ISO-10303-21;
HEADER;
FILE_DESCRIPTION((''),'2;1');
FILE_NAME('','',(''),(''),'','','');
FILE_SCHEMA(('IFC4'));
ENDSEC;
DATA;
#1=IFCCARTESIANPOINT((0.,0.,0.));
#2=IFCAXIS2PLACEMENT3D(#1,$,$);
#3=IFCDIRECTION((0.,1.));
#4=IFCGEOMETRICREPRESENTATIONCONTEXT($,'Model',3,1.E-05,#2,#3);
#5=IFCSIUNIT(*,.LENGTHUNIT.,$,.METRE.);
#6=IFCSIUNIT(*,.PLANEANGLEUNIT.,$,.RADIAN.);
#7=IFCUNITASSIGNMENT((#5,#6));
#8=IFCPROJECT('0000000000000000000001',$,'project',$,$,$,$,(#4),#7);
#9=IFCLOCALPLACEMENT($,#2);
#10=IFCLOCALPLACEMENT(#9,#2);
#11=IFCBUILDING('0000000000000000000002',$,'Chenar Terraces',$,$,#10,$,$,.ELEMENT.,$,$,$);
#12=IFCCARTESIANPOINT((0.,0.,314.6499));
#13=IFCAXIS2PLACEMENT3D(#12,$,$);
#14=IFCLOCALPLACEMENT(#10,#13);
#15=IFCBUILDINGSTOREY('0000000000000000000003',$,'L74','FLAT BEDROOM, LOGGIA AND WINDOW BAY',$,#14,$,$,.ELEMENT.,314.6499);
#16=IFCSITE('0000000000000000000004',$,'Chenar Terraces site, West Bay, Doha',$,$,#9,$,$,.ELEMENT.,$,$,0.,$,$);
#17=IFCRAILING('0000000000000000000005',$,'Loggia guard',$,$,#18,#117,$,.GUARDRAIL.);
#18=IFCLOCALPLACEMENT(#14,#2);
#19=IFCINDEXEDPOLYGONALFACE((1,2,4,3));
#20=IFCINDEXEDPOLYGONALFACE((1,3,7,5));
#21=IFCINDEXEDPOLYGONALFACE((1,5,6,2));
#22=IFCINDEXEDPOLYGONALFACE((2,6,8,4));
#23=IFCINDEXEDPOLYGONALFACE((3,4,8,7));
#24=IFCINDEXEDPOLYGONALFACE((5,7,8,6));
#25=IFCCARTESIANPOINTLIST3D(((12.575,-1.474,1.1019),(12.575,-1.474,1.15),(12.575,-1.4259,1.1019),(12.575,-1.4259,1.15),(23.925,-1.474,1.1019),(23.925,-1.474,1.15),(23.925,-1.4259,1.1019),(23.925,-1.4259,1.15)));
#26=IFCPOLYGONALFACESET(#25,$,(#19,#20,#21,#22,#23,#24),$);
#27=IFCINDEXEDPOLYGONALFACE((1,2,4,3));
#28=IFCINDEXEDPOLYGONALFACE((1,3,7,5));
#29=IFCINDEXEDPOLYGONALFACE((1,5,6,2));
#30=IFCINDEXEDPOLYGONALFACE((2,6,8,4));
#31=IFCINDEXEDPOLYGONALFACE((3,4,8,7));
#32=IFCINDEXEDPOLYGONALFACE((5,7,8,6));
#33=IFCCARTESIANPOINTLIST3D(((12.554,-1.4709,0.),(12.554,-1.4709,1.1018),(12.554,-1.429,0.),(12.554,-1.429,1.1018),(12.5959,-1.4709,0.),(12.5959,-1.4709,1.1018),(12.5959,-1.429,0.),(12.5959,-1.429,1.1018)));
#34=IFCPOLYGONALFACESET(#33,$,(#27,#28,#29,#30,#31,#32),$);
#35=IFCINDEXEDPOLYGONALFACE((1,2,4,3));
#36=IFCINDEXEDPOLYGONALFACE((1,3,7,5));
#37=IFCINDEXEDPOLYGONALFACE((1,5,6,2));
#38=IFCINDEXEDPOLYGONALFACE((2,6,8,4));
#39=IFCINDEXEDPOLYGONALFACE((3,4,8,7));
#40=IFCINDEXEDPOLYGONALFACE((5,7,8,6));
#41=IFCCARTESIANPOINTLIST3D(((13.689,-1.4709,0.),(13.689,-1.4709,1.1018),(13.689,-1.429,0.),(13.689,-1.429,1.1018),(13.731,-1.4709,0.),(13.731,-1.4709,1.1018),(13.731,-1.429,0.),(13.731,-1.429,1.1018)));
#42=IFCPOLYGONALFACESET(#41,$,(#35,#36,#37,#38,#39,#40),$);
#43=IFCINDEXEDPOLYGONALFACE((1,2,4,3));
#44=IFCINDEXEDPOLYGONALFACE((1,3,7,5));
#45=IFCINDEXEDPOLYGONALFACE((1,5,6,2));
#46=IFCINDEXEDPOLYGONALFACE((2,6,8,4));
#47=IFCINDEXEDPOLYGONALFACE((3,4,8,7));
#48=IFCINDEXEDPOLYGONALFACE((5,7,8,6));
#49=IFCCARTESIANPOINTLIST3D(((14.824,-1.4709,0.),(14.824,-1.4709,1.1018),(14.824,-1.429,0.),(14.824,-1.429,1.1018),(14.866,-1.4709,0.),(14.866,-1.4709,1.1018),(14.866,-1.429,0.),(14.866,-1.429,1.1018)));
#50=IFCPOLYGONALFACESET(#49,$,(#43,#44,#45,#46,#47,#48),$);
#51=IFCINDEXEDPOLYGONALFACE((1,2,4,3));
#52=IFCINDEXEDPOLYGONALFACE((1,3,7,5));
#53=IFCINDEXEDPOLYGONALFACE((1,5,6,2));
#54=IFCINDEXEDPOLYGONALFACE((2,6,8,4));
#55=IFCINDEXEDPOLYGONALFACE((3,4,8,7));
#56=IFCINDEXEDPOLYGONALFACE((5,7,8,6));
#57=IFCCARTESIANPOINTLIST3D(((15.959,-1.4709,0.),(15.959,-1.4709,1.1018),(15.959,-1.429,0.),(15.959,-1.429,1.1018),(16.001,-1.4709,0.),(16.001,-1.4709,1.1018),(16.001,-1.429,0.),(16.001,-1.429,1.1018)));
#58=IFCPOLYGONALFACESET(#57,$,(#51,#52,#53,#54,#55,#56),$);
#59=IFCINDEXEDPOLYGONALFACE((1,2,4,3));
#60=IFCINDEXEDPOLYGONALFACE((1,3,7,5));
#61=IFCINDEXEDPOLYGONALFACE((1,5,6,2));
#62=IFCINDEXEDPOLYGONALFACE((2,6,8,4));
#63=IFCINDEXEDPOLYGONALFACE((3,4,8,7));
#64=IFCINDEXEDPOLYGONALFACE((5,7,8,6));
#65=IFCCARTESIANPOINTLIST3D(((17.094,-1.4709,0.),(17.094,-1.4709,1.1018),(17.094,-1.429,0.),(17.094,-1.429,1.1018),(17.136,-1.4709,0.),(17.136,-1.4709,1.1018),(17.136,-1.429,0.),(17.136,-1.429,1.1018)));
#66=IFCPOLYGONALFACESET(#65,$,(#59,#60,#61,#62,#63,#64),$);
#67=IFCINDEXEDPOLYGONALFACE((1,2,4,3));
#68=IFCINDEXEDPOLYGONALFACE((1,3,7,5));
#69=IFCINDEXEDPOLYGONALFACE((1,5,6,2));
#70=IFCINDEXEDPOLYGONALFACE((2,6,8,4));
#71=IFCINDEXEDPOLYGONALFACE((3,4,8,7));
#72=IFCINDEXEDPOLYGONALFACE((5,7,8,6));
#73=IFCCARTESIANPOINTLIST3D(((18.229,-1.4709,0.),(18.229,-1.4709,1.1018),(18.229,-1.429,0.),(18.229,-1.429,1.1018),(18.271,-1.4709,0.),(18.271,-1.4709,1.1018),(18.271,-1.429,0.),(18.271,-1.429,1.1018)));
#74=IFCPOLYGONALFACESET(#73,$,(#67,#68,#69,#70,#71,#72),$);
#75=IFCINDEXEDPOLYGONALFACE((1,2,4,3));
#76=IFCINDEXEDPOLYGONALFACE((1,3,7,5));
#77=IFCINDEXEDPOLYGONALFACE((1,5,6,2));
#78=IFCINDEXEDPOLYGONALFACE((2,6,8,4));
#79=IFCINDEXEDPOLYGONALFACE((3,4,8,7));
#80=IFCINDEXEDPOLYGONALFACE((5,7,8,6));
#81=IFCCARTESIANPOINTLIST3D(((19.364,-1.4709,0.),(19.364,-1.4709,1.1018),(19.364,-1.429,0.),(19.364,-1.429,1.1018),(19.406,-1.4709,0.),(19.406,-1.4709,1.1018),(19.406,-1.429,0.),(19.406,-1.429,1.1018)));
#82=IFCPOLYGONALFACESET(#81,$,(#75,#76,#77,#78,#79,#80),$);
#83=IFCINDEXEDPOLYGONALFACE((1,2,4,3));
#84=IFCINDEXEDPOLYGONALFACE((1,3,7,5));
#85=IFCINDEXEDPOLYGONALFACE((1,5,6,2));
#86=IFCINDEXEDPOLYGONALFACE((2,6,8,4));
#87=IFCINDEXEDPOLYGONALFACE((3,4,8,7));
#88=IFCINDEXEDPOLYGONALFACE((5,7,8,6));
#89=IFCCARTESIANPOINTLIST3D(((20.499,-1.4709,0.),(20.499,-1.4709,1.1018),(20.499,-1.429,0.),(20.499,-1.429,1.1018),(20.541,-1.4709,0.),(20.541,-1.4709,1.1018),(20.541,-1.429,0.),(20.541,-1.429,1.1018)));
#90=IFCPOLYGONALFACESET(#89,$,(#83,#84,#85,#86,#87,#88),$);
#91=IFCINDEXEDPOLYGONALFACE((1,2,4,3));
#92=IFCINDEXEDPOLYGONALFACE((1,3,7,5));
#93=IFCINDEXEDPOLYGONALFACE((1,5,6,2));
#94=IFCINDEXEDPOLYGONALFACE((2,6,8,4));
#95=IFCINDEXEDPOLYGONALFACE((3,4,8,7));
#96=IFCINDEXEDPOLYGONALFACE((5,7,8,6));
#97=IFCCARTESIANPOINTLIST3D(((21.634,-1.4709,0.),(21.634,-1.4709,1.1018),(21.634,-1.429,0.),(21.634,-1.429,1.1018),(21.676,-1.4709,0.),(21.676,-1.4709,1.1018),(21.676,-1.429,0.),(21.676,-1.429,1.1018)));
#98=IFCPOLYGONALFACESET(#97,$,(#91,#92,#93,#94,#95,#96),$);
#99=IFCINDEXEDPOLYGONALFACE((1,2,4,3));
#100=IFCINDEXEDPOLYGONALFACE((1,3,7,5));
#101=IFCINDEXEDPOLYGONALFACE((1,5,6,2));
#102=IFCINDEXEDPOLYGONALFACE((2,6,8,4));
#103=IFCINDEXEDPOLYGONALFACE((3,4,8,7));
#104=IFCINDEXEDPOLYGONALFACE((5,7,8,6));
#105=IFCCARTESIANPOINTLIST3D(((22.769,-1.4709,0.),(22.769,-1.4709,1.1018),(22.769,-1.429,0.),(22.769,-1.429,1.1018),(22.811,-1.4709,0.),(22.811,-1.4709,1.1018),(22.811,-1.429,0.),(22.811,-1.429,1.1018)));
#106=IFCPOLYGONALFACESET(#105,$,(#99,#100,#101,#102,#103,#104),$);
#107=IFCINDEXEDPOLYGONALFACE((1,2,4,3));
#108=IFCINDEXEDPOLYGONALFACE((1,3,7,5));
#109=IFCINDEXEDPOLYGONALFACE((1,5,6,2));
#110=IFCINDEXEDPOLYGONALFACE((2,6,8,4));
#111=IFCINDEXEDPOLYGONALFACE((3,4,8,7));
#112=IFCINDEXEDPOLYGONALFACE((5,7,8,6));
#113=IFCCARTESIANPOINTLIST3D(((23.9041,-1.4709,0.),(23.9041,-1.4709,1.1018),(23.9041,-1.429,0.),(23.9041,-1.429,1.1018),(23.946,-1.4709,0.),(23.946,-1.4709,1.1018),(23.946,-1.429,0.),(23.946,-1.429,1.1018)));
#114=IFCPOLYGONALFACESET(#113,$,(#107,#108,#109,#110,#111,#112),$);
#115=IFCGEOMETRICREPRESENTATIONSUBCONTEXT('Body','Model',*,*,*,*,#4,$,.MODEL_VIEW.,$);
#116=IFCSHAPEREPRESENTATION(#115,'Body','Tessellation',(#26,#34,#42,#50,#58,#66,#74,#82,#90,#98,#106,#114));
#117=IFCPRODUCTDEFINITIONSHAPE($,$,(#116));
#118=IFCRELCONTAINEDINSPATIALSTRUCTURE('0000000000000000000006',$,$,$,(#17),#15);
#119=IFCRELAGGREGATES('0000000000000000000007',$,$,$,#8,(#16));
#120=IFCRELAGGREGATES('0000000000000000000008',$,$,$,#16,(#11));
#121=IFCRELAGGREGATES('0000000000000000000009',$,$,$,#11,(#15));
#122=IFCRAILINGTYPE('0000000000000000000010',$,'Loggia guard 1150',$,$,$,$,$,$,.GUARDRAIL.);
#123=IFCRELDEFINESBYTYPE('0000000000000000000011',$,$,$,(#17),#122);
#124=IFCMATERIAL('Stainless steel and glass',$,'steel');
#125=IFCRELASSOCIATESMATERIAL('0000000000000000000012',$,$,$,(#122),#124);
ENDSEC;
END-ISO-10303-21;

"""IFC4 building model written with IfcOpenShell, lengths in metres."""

from ifc_helpers import new_model, si_unit, direction, frame, origin, origin_2d, place, context, subcontext, project, spatial, rectangle, extrude, material, type_object, element, save


model = new_model("IFC4")

# Units and contexts
model_context = context("Model", 3, precision=1e-05, world=origin(), true_north=direction((0.0, 1.0)))
body_context = subcontext(model_context, "Body", "Model", "MODEL_VIEW")
ifc_project = project(units=[si_unit("LENGTHUNIT", "METRE"), si_unit("PLANEANGLEUNIT", "RADIAN")], contexts=[model_context])

# Site, building, storey
site_placement = place(None, origin())
site = spatial("IfcSite", under=ifc_project, at=site_placement, Name="Chenar Terraces site, West Bay, Doha", CompositionType="ELEMENT", RefElevation=0.0)
building_placement = place(site_placement, origin())
building = spatial("IfcBuilding", under=site, at=building_placement, Name="Chenar Terraces", CompositionType="ELEMENT")
storey_placement = place(building_placement, frame((0.0, 0.0, 314.6499)))
storey = spatial("IfcBuildingStorey", under=building, at=storey_placement, Name="L74", Description="FLAT BEDROOM, LOGGIA AND WINDOW BAY", CompositionType="ELEMENT", Elevation=314.6499)

# Railing
ifc_material_1 = material(Name="Stainless steel and glass", Category="steel")
railing_type = type_object("IfcRailingType", Name="Loggia guard 1150", PredefinedType="GUARDRAIL", material=ifc_material_1)
railing_placement = place(storey_placement, frame((12.575, -1.45, 0.0)))
element("IfcRailing", 1, at=railing_placement, inside=storey, type_object=railing_type, Name="Loggia guard", PredefinedType="GUARDRAIL", context=body_context, shape_type="SweptSolid", body=[
    extrude(rectangle(XDim=0.0481, YDim=0.0481, at=origin_2d()), frame((0.0, 0.0, 1.126), z_axis=(1.0, 0.0, 0.0), x_axis=(0.0, 1.0, 0.0)), (0.0, 0.0, 1.0), 11.3501),
    extrude(rectangle(XDim=0.042, YDim=0.042, at=origin_2d()), origin(), (0.0, 0.0, 1.0), 1.1018),
    extrude(rectangle(XDim=0.042, YDim=0.042, at=origin_2d()), frame((1.135, 0.0, 0.0)), (0.0, 0.0, 1.0), 1.1018),
    extrude(rectangle(XDim=0.042, YDim=0.042, at=origin_2d()), frame((2.27, 0.0, 0.0)), (0.0, 0.0, 1.0), 1.1018),
    extrude(rectangle(XDim=0.042, YDim=0.042, at=origin_2d()), frame((3.405, 0.0, 0.0)), (0.0, 0.0, 1.0), 1.1018),
    extrude(rectangle(XDim=0.042, YDim=0.042, at=origin_2d()), frame((4.54, 0.0, 0.0)), (0.0, 0.0, 1.0), 1.1018),
    extrude(rectangle(XDim=0.042, YDim=0.042, at=origin_2d()), frame((5.675, 0.0, 0.0)), (0.0, 0.0, 1.0), 1.1018),
    extrude(rectangle(XDim=0.042, YDim=0.042, at=origin_2d()), frame((6.8101, 0.0, 0.0)), (0.0, 0.0, 1.0), 1.1018),
    extrude(rectangle(XDim=0.042, YDim=0.042, at=origin_2d()), frame((7.9451, 0.0, 0.0)), (0.0, 0.0, 1.0), 1.1018),
    extrude(rectangle(XDim=0.042, YDim=0.042, at=origin_2d()), frame((9.0801, 0.0, 0.0)), (0.0, 0.0, 1.0), 1.1018),
    extrude(rectangle(XDim=0.042, YDim=0.042, at=origin_2d()), frame((10.2151, 0.0, 0.0)), (0.0, 0.0, 1.0), 1.1018),
    extrude(rectangle(XDim=0.042, YDim=0.042, at=origin_2d()), frame((11.3501, 0.0, 0.0)), (0.0, 0.0, 1.0), 1.1018),
])

save(model, "model.ifc")
